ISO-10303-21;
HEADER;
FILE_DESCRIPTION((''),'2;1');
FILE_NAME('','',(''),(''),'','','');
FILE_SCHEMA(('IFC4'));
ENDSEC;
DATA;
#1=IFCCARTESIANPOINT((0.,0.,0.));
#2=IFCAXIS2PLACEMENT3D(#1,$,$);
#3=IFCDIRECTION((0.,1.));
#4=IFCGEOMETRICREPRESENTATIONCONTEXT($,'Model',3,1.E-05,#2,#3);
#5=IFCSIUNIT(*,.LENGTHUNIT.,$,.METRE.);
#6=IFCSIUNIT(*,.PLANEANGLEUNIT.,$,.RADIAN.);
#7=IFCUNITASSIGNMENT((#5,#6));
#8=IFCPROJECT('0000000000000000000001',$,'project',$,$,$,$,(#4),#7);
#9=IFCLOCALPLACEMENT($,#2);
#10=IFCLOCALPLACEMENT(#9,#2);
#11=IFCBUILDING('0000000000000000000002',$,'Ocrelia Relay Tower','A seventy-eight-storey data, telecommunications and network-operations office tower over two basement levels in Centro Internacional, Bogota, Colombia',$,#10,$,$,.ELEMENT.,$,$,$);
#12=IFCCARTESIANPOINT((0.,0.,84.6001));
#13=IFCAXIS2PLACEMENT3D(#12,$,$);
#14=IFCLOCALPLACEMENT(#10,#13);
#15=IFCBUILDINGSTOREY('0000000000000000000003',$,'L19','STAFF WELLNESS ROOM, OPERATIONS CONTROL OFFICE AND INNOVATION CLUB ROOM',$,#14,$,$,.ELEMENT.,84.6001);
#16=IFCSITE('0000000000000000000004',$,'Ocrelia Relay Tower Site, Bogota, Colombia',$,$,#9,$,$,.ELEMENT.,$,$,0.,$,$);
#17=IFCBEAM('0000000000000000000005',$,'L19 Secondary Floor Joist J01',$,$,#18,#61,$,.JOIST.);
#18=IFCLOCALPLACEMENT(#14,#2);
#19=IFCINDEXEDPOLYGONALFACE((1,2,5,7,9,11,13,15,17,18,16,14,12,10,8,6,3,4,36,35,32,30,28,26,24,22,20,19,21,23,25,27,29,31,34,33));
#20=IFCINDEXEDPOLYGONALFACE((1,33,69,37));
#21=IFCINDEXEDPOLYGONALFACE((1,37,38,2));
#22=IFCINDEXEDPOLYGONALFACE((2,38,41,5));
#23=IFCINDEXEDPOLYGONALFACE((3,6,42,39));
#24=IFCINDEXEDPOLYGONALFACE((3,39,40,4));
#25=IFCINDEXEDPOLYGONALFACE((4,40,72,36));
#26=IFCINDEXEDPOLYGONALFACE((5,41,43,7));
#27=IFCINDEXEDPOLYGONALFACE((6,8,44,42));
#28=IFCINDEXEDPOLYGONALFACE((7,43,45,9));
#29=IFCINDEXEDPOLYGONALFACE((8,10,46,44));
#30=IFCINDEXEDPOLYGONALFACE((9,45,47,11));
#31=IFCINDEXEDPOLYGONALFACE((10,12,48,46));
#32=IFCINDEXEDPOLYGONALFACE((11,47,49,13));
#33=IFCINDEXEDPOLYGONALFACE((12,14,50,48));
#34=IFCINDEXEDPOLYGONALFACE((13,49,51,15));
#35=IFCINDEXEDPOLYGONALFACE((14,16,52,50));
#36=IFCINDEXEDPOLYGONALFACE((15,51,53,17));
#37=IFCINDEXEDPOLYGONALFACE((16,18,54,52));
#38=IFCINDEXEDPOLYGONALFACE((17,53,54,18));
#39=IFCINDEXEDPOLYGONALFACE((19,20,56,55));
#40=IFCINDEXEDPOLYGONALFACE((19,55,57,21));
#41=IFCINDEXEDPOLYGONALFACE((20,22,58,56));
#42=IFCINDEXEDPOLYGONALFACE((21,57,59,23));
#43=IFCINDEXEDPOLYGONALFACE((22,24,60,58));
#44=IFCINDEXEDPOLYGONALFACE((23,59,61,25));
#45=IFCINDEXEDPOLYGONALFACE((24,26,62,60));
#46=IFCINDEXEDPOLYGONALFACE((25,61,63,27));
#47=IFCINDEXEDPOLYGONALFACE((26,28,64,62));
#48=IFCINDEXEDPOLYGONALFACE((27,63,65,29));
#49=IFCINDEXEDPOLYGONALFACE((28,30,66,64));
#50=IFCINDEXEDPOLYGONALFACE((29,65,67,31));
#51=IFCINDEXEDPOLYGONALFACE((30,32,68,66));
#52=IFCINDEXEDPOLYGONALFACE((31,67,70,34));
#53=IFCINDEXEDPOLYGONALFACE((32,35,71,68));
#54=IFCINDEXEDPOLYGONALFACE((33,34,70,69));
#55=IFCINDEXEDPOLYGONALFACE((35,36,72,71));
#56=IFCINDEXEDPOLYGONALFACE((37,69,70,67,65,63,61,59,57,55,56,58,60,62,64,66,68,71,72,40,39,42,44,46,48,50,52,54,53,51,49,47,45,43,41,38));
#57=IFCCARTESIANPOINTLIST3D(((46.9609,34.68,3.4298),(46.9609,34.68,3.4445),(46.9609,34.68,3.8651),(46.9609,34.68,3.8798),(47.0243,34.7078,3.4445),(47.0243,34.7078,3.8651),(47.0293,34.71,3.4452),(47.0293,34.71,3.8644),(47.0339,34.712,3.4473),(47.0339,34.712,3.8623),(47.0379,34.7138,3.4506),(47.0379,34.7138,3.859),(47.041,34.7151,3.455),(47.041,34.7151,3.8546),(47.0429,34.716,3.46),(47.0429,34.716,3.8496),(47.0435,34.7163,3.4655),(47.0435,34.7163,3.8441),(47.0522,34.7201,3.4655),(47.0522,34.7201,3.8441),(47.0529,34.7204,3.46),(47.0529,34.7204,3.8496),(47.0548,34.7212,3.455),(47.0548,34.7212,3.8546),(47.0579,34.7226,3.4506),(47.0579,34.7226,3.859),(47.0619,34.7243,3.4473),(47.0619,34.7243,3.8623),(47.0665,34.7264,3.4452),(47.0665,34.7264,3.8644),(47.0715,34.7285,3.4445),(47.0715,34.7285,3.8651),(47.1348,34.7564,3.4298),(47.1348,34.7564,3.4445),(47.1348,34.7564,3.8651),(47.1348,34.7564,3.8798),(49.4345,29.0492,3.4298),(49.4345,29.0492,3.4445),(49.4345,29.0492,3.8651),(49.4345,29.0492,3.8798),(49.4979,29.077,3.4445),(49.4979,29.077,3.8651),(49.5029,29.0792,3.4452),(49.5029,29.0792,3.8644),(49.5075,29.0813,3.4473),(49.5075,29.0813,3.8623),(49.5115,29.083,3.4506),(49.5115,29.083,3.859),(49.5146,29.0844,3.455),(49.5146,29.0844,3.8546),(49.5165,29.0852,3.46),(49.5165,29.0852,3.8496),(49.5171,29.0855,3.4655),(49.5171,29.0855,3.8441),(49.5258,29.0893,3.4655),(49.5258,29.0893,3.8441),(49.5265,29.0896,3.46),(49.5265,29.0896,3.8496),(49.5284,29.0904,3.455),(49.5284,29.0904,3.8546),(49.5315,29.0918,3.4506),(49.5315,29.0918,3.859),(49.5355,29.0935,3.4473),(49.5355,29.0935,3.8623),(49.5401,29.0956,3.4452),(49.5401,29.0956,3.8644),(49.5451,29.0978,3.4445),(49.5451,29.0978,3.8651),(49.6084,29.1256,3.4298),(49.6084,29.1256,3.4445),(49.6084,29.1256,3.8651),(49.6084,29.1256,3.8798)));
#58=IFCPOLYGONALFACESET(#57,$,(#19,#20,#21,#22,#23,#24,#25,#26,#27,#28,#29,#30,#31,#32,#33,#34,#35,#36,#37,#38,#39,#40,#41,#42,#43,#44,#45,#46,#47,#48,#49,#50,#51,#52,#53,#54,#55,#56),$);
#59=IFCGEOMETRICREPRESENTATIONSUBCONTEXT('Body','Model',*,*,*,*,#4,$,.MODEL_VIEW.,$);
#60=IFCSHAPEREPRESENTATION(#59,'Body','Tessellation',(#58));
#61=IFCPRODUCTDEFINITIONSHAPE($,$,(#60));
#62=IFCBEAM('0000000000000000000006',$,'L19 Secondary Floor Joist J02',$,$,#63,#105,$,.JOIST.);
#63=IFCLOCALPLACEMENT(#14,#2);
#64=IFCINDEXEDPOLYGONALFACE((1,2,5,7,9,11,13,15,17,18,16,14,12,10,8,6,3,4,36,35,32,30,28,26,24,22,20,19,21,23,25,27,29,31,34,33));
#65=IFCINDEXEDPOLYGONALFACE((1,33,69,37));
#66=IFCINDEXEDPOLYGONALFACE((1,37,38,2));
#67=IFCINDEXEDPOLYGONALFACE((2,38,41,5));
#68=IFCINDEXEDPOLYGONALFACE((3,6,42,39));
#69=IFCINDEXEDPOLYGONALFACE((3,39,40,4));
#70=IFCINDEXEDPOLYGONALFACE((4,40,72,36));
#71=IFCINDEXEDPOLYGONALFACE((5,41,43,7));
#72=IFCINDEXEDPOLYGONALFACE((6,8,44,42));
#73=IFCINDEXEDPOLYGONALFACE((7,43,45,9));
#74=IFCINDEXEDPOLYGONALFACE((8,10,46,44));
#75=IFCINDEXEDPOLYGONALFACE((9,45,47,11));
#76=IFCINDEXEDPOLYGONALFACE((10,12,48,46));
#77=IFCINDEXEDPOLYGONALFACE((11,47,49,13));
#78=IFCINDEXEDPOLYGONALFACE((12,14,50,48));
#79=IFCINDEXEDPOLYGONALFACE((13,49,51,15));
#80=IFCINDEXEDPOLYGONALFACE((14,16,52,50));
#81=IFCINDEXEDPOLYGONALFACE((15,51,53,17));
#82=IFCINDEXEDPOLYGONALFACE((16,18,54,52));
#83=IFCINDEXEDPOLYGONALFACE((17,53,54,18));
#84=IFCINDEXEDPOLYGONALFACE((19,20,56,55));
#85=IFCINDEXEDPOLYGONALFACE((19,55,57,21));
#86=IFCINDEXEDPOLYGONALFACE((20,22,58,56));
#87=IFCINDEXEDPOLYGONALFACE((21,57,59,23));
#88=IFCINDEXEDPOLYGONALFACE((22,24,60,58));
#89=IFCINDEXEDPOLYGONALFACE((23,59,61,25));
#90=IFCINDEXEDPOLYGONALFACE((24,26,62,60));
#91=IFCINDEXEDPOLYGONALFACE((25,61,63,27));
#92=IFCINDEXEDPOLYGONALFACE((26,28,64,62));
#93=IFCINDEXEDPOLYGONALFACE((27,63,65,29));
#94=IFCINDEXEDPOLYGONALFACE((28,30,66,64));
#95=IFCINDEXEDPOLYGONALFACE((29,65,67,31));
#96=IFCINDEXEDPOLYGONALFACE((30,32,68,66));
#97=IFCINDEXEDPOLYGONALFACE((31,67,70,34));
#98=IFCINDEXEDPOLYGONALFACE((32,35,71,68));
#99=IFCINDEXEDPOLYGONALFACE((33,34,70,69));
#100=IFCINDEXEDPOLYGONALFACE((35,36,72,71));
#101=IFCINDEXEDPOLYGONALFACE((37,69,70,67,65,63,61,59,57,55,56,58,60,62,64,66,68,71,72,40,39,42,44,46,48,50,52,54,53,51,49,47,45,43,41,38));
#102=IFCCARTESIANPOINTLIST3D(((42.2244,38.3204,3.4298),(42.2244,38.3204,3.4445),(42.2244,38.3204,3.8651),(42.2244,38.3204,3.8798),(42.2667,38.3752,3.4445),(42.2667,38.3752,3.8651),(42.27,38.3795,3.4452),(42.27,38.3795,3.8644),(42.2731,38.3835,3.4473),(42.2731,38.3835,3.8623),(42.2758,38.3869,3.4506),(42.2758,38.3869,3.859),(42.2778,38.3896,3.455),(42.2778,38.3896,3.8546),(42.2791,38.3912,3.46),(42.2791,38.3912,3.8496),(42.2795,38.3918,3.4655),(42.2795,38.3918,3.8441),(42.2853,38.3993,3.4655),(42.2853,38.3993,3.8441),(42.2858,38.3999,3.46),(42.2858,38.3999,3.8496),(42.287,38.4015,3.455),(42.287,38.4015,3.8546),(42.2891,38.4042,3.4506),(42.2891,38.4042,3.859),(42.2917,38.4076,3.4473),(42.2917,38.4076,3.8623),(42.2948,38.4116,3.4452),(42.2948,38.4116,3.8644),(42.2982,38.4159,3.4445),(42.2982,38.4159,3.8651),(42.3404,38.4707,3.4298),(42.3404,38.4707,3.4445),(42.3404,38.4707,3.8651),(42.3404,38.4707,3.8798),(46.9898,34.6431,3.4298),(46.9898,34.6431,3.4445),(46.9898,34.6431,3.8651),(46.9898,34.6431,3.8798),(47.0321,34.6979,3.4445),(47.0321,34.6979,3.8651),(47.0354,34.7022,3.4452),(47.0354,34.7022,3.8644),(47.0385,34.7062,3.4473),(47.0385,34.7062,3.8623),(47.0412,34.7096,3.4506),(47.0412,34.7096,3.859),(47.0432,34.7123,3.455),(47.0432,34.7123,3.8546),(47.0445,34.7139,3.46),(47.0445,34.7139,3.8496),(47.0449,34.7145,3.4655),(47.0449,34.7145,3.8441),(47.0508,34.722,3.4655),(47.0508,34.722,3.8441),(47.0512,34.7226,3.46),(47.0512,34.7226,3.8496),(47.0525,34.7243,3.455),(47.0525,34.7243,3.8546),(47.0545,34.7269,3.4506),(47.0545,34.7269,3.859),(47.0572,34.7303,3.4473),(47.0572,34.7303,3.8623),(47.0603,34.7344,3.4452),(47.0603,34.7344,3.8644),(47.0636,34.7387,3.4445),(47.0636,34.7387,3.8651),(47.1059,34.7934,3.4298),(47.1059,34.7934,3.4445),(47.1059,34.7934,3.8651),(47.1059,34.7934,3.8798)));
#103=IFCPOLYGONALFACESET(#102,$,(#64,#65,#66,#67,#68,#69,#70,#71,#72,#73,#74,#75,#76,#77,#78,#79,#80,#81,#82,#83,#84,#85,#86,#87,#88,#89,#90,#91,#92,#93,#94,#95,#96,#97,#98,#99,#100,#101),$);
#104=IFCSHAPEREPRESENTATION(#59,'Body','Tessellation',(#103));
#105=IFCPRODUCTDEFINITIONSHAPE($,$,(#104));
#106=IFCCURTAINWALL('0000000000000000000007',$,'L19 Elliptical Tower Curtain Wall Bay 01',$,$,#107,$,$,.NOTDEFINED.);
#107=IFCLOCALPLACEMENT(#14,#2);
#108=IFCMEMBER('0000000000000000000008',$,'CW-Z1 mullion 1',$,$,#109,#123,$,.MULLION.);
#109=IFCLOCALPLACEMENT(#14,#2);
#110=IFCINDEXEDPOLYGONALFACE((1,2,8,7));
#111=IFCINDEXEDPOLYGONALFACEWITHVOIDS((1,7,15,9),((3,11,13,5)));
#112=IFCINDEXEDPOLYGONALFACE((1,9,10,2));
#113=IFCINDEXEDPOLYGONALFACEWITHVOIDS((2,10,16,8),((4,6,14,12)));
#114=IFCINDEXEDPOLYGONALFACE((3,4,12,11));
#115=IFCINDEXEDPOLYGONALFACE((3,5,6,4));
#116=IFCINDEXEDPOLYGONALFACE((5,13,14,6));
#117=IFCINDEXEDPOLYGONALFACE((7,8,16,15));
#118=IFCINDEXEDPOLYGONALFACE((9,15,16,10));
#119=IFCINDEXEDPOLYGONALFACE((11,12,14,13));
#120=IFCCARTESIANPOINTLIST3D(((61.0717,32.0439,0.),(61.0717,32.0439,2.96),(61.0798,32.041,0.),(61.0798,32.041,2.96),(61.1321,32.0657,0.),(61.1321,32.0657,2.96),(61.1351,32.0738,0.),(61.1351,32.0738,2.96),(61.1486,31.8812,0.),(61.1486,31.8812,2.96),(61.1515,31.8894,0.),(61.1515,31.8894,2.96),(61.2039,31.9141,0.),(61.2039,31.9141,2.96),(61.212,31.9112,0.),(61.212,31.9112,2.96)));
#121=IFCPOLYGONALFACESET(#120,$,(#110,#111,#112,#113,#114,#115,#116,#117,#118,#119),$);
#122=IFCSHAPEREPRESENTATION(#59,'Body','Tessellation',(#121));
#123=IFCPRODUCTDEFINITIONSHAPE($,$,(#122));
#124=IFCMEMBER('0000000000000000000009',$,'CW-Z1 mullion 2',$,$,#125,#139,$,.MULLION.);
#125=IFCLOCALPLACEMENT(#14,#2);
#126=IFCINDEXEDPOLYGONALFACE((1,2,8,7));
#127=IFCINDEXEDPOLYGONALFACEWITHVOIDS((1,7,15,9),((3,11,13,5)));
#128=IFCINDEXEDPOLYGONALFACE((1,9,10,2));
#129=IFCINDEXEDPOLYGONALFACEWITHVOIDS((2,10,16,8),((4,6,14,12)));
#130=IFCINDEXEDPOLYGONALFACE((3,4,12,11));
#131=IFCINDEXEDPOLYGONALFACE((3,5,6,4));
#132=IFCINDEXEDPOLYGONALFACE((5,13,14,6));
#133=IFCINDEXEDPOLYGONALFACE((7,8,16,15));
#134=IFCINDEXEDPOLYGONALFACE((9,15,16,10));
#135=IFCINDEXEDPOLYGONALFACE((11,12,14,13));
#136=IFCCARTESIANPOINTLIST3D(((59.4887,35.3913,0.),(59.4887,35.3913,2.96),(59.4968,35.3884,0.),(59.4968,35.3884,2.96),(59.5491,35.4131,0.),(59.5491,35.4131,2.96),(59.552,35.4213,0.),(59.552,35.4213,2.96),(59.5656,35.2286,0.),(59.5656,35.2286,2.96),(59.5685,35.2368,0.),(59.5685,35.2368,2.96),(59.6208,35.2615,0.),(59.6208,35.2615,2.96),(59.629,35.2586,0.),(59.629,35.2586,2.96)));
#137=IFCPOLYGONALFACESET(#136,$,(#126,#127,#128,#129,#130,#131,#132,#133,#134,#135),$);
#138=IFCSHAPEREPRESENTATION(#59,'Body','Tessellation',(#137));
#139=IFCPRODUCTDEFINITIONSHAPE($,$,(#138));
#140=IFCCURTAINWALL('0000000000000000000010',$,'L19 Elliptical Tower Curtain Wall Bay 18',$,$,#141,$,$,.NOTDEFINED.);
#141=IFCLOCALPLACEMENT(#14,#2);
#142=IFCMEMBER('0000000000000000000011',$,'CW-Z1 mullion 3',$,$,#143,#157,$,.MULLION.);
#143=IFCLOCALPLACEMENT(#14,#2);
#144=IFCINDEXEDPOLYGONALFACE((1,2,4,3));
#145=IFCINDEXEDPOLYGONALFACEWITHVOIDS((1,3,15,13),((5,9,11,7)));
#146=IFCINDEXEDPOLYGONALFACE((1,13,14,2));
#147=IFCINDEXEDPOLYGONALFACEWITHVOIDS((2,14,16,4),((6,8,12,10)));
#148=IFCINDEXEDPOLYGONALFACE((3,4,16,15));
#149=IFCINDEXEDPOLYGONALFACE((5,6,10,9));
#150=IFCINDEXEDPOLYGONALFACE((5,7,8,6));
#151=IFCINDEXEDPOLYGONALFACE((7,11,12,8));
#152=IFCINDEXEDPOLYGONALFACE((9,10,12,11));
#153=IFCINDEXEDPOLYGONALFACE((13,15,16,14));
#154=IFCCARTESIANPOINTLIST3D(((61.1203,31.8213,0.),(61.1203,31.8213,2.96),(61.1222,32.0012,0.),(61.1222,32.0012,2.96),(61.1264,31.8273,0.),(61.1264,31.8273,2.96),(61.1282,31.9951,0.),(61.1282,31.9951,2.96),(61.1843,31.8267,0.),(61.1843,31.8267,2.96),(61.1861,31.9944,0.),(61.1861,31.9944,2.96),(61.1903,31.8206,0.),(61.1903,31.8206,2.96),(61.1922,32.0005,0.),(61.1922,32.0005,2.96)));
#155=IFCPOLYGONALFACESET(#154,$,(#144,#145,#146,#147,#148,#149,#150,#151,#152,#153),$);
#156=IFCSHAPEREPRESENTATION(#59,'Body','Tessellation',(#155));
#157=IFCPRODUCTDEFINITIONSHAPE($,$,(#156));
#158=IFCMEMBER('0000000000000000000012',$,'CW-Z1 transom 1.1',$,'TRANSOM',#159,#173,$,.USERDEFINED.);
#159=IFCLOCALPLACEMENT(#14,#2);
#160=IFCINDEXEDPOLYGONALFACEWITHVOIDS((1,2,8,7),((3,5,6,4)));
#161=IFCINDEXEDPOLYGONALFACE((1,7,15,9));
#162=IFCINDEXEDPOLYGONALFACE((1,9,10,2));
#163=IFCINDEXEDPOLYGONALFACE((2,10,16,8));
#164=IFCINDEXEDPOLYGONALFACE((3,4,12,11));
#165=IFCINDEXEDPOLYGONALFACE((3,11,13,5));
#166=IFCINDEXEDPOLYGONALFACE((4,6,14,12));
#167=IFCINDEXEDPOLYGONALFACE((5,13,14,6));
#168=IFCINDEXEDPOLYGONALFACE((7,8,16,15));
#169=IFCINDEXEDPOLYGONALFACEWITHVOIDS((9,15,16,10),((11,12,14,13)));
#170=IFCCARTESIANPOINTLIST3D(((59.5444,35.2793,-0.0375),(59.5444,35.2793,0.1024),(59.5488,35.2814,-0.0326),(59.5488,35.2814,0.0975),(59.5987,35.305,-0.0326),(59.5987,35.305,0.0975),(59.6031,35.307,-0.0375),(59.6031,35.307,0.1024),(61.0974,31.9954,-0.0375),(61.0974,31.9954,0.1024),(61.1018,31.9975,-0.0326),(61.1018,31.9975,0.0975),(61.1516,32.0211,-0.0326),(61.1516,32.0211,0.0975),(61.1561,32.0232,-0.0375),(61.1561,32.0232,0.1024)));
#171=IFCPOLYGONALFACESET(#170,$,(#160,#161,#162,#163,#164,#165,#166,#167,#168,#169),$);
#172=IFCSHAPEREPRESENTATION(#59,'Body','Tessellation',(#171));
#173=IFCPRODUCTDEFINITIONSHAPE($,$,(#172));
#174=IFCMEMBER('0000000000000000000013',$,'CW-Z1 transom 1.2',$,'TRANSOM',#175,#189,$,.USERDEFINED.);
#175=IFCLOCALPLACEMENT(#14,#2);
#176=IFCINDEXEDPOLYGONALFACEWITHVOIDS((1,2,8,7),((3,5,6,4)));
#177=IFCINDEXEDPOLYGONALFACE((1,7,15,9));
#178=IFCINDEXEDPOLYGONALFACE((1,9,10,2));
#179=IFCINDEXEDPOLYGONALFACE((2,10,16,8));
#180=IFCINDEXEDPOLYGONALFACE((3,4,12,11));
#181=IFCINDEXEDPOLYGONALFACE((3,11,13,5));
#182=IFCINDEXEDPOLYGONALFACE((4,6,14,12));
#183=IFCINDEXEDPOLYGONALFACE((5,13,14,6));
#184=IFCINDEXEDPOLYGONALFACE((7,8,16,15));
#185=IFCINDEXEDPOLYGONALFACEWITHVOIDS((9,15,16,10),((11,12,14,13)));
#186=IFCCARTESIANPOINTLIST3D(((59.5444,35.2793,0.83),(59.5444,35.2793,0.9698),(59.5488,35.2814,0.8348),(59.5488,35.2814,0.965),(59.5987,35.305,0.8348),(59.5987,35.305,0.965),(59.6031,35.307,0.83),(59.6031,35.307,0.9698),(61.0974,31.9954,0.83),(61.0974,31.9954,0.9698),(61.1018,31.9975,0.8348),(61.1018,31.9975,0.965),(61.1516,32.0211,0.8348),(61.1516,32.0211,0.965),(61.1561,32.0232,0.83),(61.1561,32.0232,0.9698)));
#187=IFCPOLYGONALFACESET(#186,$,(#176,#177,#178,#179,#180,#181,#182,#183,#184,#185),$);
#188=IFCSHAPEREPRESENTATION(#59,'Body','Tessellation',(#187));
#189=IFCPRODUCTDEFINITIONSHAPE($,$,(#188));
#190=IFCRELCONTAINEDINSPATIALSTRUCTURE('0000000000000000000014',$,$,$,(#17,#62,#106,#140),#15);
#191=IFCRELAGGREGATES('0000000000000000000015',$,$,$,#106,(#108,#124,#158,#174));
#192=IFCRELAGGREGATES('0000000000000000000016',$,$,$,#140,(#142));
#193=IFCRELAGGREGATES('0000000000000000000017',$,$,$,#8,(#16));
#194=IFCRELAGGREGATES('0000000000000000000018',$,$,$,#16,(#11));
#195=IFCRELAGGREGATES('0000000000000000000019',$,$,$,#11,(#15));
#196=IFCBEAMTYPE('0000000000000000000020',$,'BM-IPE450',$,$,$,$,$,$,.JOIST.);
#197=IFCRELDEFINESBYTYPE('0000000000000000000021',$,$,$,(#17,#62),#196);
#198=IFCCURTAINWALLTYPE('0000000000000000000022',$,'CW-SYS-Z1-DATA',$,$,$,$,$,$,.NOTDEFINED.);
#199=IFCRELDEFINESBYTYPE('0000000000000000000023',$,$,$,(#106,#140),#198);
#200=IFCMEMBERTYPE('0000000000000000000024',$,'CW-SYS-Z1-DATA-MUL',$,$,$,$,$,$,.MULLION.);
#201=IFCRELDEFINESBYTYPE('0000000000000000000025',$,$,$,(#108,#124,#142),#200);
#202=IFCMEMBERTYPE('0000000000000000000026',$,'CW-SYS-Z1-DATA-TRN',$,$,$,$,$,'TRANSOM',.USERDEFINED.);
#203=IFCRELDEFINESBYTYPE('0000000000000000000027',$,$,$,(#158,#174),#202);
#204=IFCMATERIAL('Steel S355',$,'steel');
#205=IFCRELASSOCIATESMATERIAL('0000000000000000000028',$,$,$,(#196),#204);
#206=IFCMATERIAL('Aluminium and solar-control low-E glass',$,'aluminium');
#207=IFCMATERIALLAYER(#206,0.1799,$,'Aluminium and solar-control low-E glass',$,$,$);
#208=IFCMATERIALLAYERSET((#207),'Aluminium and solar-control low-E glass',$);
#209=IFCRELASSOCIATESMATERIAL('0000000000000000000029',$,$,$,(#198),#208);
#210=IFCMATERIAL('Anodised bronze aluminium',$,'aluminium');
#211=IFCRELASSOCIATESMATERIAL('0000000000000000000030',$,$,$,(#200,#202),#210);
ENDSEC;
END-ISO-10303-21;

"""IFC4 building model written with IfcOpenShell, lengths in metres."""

from ifc_helpers import new_model, si_unit, direction, frame, origin, origin_2d, place, context, subcontext, project, spatial, hollow_rectangle, i_section, extrude, material, layer, layer_set, material_profile, profile_set, type_object, element, aggregate, save


model = new_model("IFC4")

# Units and contexts
model_context = context("Model", 3, precision=1e-05, world=origin(), true_north=direction((0.0, 1.0)))
body_context = subcontext(model_context, "Body", "Model", "MODEL_VIEW")
ifc_project = project(units=[si_unit("LENGTHUNIT", "METRE"), si_unit("PLANEANGLEUNIT", "RADIAN")], contexts=[model_context])

# Site, building, storey
site_placement = place(None, origin())
site = spatial("IfcSite", under=ifc_project, at=site_placement, Name="Ocrelia Relay Tower Site, Bogota, Colombia", CompositionType="ELEMENT", RefElevation=0.0)
building_placement = place(site_placement, origin())
building = spatial("IfcBuilding", under=site, at=building_placement, Name="Ocrelia Relay Tower", Description="A seventy-eight-storey data, telecommunications and network-operations office tower over two basement levels in Centro Internacional, Bogota, Colombia", CompositionType="ELEMENT")
storey_placement = place(building_placement, frame((0.0, 0.0, 84.6001)))
storey = spatial("IfcBuildingStorey", under=building, at=storey_placement, Name="L19", Description="STAFF WELLNESS ROOM, OPERATIONS CONTROL OFFICE AND INNOVATION CLUB ROOM", CompositionType="ELEMENT", Elevation=84.6001)

# Beams
ifc_material_1 = material(Name="Steel S355", Category="steel")
ifc_material_profile_1 = material_profile(ifc_material_1, i_section(OverallWidth=0.1899, OverallDepth=0.45, WebThickness=0.0095, FlangeThickness=0.0146, FilletRadius=0.021, at=origin_2d()), Name="IPE 450")
ifc_profile_set_1 = profile_set([ifc_material_profile_1], Name="Steel S355")
beam_type_1 = type_object("IfcBeamType", Name="BM-IPE450", PredefinedType="JOIST", material=ifc_profile_set_1)
beam_1_placement = place(storey_placement, frame((49.5215, 29.0874, 3.6548), z_axis=(-0.402201, 0.915551, 0.0), x_axis=(-0.915551, -0.402201, 0.0)))
element("IfcBeam", 1, at=beam_1_placement, inside=storey, type_object=beam_type_1, Name="L19 Secondary Floor Joist J01", PredefinedType="JOIST", context=body_context, shape_type="SweptSolid", body=[
    extrude(i_section(OverallWidth=0.1899, OverallDepth=0.45, WebThickness=0.0095, FlangeThickness=0.0146, FilletRadius=0.021, at=origin_2d()), origin(), (0.0, 0.0, 1.0), 6.1501),
])
beam_2_placement = place(storey_placement, frame((47.0479, 34.7183, 3.6548), z_axis=(-0.791694, 0.610918, 0.0), x_axis=(-0.610918, -0.791694, 0.0)))
element("IfcBeam", 2, at=beam_2_placement, inside=storey, type_object=beam_type_1, Name="L19 Secondary Floor Joist J02", PredefinedType="JOIST", context=body_context, shape_type="SweptSolid", body=[
    extrude(i_section(OverallWidth=0.1899, OverallDepth=0.45, WebThickness=0.0095, FlangeThickness=0.0146, FilletRadius=0.021, at=origin_2d()), origin(), (0.0, 0.0, 1.0), 6.0193),
])

# Curtain wall, members
ifc_material_2 = material(Name="Aluminium and solar-control low-E glass", Category="aluminium")
ifc_layer_1 = layer(ifc_material_2, 0.1799, Name="Aluminium and solar-control low-E glass")
ifc_layer_set_1 = layer_set([ifc_layer_1], Name="Aluminium and solar-control low-E glass")
curtain_wall_type = type_object("IfcCurtainWallType", Name="CW-SYS-Z1-DATA", PredefinedType="NOTDEFINED", material=ifc_layer_set_1)
curtain_wall_1_placement = place(storey_placement, origin())
curtain_wall_1 = element("IfcCurtainWall", 3, at=curtain_wall_1_placement, inside=storey, type_object=curtain_wall_type, Name="L19 Elliptical Tower Curtain Wall Bay 01", PredefinedType="NOTDEFINED")
ifc_material_3 = material(Name="Anodised bronze aluminium", Category="aluminium")
ifc_material_profile_2 = material_profile(ifc_material_3, hollow_rectangle(XDim=0.0701, YDim=0.1799, WallThickness=0.0061, at=origin_2d()), Name="CW-MUL-180x70")
ifc_profile_set_2 = profile_set([ifc_material_profile_2], Name="Anodised bronze aluminium")
member_type_1 = type_object("IfcMemberType", Name="CW-SYS-Z1-DATA-MUL", PredefinedType="MULLION", material=ifc_profile_set_2)
member_1_placement = place(storey_placement, frame((61.1418, 31.9775, 0.0), z_axis=(0.0, 0.0, 1.0), x_axis=(-0.904007, -0.427517, 0.0)))
member_1 = element("IfcMember", 4, at=member_1_placement, type_object=member_type_1, Name="CW-Z1 mullion 1", PredefinedType="MULLION", context=body_context, shape_type="SweptSolid", body=[
    extrude(hollow_rectangle(XDim=0.0701, YDim=0.1799, WallThickness=0.0061, at=origin_2d()), origin(), (0.0, 0.0, 1.0), 2.96),
])
member_2_placement = place(storey_placement, frame((59.5588, 35.325, 0.0), z_axis=(0.0, 0.0, 1.0), x_axis=(-0.904007, -0.427517, 0.0)))
member_2 = element("IfcMember", 5, at=member_2_placement, type_object=member_type_1, Name="CW-Z1 mullion 2", PredefinedType="MULLION", context=body_context, shape_type="SweptSolid", body=[
    extrude(hollow_rectangle(XDim=0.0701, YDim=0.1799, WallThickness=0.0061, at=origin_2d()), origin(), (0.0, 0.0, 1.0), 2.96),
])

# Curtain wall, member
curtain_wall_2_placement = place(storey_placement, origin())
curtain_wall_2 = element("IfcCurtainWall", 6, at=curtain_wall_2_placement, inside=storey, type_object=curtain_wall_type, Name="L19 Elliptical Tower Curtain Wall Bay 18", PredefinedType="NOTDEFINED")
member_3_placement = place(storey_placement, frame((61.1562, 31.9109, 0.0), z_axis=(0.0, 0.0, 1.0), x_axis=(-0.999943, 0.010648, 0.0)))
member_3 = element("IfcMember", 7, at=member_3_placement, type_object=member_type_1, Name="CW-Z1 mullion 3", PredefinedType="MULLION", context=body_context, shape_type="SweptSolid", body=[
    extrude(hollow_rectangle(XDim=0.0701, YDim=0.1799, WallThickness=0.0061, at=origin_2d()), origin(), (0.0, 0.0, 1.0), 2.96),
])

# Members
ifc_material_profile_3 = material_profile(ifc_material_3, hollow_rectangle(XDim=0.0649, YDim=0.1399, WallThickness=0.0049, at=origin_2d()), Name="CW-TRN-140x65")
ifc_profile_set_3 = profile_set([ifc_material_profile_3], Name="Anodised bronze aluminium")
member_type_2 = type_object("IfcMemberType", Name="CW-SYS-Z1-DATA-TRN", ElementType="TRANSOM", PredefinedType="USERDEFINED", material=ifc_profile_set_3)
member_4_placement = place(storey_placement, frame((61.1267, 32.0093, 0.0325), z_axis=(-0.427508, 0.904011, 0.0), x_axis=(-0.904011, -0.427508, 0.0)))
member_4 = element("IfcMember", 8, at=member_4_placement, type_object=member_type_2, Name="CW-Z1 transom 1.1", ObjectType="TRANSOM", PredefinedType="USERDEFINED", context=body_context, shape_type="SweptSolid", body=[
    extrude(hollow_rectangle(XDim=0.0649, YDim=0.1399, WallThickness=0.0049, at=origin_2d()), origin(), (0.0, 0.0, 1.0), 3.6326),
])
member_5_placement = place(storey_placement, frame((61.1267, 32.0093, 0.8999), z_axis=(-0.427508, 0.904011, 0.0), x_axis=(-0.904011, -0.427508, 0.0)))
member_5 = element("IfcMember", 9, at=member_5_placement, type_object=member_type_2, Name="CW-Z1 transom 1.2", ObjectType="TRANSOM", PredefinedType="USERDEFINED", context=body_context, shape_type="SweptSolid", body=[
    extrude(hollow_rectangle(XDim=0.0649, YDim=0.1399, WallThickness=0.0049, at=origin_2d()), origin(), (0.0, 0.0, 1.0), 3.6326),
])

aggregate(curtain_wall_1, [member_1, member_2, member_4, member_5])
aggregate(curtain_wall_2, [member_3])

save(model, "model.ifc")
